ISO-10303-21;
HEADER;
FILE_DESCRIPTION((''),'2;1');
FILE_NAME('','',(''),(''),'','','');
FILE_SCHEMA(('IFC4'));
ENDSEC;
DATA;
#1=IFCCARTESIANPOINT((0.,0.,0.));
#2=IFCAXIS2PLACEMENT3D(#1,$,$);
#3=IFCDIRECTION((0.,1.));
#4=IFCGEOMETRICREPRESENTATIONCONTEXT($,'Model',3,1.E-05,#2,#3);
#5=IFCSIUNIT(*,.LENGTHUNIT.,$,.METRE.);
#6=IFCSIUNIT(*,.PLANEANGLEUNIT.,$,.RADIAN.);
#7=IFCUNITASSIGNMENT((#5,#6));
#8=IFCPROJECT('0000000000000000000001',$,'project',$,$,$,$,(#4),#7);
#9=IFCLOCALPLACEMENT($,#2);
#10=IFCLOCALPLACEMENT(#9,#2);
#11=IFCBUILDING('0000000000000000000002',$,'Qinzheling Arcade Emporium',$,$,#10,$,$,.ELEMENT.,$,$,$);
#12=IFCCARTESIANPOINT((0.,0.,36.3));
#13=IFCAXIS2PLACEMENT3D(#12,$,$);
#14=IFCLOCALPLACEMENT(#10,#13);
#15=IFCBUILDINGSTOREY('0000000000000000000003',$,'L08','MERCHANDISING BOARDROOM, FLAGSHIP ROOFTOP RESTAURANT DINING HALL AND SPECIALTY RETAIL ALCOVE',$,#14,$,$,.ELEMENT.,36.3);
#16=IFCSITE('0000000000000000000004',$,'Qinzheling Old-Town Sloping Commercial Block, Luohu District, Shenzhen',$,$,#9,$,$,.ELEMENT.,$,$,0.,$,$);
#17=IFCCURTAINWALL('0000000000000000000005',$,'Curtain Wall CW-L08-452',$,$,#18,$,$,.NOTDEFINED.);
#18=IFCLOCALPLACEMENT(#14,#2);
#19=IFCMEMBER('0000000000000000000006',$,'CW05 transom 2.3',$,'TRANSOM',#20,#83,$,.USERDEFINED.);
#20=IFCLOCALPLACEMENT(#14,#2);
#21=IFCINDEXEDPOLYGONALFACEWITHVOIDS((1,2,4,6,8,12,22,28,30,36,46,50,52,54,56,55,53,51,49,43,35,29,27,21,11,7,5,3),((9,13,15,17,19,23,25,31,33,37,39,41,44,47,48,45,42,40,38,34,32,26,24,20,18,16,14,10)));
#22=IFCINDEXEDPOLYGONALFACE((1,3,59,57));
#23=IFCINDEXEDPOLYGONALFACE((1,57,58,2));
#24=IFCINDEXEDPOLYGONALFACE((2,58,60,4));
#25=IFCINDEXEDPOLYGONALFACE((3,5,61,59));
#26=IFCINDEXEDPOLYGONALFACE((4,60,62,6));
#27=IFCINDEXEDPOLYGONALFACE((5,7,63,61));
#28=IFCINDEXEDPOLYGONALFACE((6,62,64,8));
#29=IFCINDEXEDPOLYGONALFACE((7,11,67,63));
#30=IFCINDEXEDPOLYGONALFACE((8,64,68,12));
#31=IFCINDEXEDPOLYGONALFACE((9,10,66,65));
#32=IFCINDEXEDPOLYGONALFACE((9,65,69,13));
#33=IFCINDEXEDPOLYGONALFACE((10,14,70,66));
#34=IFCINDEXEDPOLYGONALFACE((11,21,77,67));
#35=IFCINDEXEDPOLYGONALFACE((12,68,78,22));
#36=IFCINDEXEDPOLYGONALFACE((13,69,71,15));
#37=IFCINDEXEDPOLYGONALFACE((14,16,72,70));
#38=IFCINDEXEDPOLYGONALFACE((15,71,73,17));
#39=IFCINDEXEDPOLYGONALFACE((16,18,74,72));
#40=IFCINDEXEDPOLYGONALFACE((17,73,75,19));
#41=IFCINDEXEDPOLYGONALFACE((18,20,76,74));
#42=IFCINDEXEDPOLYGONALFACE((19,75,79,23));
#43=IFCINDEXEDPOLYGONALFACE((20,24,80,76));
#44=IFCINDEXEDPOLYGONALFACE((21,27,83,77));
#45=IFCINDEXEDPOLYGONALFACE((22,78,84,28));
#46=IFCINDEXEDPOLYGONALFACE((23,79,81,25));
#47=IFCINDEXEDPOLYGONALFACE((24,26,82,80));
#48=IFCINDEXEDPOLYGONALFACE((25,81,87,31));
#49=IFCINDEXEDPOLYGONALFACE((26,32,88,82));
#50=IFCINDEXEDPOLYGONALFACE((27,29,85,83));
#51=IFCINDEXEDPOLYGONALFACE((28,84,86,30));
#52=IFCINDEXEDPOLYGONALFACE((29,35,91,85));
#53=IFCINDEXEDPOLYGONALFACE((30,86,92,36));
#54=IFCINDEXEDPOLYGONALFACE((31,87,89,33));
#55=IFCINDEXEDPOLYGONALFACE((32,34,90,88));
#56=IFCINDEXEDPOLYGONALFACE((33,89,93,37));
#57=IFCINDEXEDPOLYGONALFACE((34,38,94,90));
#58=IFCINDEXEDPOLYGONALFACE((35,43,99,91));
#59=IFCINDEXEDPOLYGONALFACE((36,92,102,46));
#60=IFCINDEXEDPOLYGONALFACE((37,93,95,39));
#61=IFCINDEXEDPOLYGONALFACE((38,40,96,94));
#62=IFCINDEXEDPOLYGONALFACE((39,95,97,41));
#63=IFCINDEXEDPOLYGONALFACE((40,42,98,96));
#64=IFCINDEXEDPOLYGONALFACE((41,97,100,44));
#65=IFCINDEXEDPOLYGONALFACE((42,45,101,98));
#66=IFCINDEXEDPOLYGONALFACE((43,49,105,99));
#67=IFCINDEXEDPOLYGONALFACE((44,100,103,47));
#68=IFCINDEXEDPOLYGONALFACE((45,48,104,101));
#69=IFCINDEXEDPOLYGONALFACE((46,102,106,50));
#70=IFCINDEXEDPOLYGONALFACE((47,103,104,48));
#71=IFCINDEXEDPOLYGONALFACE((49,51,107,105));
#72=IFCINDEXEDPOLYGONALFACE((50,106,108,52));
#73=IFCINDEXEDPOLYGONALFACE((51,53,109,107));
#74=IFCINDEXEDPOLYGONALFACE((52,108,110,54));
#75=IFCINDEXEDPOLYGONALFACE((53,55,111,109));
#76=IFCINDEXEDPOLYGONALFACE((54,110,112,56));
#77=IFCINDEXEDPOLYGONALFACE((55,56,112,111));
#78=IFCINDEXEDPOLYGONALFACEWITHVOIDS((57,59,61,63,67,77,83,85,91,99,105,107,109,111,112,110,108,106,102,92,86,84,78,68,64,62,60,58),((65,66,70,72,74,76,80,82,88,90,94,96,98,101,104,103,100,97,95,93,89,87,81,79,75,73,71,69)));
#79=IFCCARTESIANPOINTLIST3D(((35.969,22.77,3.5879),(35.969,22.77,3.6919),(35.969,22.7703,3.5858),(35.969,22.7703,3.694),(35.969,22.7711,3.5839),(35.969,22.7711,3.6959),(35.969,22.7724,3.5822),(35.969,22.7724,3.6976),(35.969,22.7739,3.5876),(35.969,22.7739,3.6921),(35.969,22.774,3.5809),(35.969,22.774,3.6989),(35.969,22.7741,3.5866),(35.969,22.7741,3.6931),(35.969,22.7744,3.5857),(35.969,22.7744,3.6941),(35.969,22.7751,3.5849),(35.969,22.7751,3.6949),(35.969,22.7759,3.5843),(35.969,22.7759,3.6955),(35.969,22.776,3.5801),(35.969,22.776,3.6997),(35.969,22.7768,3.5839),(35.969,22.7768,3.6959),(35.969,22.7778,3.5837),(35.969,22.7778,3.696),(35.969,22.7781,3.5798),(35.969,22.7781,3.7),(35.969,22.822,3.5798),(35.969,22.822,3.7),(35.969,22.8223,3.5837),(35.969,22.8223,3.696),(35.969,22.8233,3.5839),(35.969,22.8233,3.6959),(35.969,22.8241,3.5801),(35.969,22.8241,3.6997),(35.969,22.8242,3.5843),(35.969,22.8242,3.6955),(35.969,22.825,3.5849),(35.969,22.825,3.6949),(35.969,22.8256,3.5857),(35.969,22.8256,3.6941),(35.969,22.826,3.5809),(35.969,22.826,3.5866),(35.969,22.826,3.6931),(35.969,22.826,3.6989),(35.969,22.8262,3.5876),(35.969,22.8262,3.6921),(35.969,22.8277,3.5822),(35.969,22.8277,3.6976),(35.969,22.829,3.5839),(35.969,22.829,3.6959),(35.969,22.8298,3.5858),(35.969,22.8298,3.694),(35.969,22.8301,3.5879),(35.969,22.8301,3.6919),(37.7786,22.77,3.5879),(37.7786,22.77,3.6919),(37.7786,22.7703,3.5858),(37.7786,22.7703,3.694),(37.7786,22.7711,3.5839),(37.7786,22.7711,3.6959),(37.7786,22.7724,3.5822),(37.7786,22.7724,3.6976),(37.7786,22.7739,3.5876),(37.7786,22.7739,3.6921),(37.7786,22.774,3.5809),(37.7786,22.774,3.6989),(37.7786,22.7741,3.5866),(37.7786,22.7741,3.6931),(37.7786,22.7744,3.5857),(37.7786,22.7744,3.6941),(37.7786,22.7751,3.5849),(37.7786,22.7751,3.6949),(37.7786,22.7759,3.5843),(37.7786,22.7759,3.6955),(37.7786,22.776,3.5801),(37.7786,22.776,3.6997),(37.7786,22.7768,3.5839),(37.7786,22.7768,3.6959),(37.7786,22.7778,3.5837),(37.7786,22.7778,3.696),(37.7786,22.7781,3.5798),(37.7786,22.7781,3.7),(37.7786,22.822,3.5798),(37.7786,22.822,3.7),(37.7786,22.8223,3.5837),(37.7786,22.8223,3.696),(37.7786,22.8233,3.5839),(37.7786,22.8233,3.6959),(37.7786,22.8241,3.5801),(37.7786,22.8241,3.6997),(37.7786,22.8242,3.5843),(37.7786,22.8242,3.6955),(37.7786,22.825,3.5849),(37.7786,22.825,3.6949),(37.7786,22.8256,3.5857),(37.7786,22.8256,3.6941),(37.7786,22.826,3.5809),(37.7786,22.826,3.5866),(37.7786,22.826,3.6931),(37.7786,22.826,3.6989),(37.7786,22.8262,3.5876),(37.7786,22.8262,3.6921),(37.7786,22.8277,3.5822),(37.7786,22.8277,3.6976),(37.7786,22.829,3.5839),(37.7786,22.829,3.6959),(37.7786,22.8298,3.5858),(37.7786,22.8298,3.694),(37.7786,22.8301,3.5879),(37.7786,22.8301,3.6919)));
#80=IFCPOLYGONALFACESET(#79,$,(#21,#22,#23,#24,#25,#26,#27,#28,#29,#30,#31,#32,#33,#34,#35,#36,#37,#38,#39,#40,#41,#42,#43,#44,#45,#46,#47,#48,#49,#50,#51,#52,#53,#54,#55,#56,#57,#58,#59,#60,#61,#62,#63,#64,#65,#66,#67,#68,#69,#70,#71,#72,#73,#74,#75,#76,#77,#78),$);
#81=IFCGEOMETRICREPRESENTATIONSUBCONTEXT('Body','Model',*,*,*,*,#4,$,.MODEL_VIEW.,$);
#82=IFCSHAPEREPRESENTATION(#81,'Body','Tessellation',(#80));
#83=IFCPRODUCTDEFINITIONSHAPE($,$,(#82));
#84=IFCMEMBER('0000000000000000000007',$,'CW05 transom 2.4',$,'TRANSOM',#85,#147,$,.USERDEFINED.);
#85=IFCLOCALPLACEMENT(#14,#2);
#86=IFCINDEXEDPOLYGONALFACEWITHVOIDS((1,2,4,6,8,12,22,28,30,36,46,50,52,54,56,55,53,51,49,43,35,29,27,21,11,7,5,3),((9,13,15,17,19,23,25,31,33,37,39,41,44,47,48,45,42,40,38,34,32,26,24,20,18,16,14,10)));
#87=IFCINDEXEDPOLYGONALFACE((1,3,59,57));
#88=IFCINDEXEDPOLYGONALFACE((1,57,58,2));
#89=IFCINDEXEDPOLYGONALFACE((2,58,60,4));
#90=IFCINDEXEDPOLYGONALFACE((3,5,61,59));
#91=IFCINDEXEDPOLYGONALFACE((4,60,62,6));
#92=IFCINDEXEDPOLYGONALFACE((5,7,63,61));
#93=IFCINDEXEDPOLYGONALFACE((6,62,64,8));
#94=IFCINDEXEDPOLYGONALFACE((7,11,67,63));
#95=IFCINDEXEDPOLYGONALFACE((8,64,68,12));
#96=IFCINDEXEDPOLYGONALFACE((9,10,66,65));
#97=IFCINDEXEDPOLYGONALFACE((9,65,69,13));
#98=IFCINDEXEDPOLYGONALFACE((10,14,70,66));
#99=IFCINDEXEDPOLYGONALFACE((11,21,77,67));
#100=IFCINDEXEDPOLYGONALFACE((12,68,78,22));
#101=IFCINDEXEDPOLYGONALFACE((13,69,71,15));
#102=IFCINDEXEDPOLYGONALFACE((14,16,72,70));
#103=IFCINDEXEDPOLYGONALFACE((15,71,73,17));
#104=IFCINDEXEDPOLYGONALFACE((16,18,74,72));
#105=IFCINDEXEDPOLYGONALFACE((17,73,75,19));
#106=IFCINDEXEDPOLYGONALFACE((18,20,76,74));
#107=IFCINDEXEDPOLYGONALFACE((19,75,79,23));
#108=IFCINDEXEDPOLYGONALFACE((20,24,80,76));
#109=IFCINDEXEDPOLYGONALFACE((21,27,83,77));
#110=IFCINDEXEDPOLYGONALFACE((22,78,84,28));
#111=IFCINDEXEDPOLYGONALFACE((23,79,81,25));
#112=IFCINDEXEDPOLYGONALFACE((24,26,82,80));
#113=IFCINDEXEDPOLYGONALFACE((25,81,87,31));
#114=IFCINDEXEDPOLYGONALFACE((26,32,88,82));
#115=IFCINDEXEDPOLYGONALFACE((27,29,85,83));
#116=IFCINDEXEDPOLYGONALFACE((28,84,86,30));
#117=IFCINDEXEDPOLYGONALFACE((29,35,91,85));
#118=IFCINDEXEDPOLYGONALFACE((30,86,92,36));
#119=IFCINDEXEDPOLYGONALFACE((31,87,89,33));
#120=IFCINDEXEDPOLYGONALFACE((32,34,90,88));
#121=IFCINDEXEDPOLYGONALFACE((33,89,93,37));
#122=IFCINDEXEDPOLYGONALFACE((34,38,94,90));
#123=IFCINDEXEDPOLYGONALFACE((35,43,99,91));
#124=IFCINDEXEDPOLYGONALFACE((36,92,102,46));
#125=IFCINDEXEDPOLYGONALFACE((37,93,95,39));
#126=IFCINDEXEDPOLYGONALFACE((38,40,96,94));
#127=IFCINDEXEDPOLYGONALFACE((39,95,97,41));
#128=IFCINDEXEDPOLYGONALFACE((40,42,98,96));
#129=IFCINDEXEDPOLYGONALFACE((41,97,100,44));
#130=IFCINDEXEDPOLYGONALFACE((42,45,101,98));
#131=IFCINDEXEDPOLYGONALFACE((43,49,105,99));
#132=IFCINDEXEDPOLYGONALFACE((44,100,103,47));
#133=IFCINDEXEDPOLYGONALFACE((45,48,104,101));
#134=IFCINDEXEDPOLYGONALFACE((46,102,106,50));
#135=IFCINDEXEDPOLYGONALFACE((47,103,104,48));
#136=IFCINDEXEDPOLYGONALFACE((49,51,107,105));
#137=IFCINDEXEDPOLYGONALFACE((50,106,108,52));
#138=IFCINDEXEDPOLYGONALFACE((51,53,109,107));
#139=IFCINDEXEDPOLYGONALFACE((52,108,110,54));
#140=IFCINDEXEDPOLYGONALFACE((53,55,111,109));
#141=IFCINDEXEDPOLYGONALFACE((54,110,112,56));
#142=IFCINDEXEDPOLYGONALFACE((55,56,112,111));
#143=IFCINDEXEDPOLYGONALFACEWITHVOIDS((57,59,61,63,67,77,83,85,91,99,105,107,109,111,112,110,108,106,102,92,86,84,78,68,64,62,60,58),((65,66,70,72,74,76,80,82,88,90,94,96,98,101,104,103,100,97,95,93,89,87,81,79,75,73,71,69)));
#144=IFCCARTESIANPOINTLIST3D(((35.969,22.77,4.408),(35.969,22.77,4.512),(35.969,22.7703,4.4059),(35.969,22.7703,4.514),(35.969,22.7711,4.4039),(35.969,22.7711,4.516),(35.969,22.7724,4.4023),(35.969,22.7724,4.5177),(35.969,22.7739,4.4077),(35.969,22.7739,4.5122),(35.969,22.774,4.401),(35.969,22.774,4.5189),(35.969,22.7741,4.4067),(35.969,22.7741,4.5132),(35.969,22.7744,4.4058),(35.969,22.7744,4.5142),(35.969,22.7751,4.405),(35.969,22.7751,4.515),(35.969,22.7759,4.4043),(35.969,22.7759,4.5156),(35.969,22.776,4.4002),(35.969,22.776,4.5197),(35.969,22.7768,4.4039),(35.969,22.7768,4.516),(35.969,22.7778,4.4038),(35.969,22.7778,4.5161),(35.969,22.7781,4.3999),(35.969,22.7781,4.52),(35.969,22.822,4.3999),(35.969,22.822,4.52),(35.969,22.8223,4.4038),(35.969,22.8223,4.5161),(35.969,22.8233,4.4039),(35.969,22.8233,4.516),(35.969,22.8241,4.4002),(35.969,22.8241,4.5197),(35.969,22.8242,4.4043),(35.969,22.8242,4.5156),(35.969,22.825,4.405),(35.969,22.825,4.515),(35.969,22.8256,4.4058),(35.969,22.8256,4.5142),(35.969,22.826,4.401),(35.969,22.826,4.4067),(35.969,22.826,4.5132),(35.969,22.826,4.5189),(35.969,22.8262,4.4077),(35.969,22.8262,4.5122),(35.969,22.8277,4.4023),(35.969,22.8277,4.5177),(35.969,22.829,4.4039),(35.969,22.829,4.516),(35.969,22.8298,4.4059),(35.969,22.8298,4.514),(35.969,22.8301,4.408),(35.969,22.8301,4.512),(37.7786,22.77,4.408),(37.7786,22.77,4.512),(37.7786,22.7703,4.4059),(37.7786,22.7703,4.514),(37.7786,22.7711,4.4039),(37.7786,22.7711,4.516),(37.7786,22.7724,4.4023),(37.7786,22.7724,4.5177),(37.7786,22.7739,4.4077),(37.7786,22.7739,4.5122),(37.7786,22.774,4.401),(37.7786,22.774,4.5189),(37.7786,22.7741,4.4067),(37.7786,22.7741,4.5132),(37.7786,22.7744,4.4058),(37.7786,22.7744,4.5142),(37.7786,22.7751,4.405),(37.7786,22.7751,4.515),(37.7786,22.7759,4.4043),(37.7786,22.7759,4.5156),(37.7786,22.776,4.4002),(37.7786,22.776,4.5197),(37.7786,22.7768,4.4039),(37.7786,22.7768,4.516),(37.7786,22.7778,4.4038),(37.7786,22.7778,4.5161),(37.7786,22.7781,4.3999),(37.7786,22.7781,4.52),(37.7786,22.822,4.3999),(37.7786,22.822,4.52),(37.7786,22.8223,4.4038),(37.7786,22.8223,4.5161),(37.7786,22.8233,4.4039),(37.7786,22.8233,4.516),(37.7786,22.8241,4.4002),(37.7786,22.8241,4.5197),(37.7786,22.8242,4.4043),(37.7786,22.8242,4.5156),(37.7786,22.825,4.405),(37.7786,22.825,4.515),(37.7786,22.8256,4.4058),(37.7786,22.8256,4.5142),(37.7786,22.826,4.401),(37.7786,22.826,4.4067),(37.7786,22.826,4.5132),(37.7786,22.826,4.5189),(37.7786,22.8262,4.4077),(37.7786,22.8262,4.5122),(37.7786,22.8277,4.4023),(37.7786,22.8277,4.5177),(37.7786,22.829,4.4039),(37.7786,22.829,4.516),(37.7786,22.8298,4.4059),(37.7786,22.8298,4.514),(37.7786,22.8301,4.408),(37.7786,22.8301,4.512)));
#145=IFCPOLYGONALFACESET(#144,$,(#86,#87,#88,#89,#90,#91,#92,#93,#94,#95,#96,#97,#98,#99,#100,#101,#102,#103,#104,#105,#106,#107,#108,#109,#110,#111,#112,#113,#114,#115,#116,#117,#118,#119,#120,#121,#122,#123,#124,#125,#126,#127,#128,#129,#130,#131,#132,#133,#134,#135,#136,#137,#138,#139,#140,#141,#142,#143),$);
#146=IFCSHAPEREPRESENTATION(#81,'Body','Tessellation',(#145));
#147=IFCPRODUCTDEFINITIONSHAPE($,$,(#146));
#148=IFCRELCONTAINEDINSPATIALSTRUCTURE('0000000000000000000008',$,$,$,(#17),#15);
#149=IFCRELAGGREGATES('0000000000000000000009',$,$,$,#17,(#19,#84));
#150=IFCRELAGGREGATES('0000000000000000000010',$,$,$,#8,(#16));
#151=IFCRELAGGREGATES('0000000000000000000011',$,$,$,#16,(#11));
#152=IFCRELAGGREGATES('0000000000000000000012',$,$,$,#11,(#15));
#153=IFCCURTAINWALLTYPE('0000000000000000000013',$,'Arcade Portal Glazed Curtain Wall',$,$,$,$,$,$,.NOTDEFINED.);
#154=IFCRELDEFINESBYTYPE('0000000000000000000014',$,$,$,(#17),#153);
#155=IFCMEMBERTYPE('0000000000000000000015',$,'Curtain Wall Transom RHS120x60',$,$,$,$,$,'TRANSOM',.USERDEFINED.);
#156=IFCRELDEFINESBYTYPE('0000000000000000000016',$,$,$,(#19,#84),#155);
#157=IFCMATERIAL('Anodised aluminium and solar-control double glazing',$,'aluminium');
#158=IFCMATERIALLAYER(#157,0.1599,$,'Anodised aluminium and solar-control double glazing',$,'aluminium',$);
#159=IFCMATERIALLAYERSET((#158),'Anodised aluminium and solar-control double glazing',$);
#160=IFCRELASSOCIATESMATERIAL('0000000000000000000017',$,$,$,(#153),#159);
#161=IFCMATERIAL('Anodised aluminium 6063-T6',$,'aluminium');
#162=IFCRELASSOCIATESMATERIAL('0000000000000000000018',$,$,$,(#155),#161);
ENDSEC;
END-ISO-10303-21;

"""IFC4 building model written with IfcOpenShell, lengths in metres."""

from ifc_helpers import new_model, si_unit, direction, frame, origin, origin_2d, place, context, subcontext, project, spatial, hollow_rectangle, extrude, material, layer, layer_set, material_profile, profile_set, type_object, element, aggregate, save


model = new_model("IFC4")

# Units and contexts
model_context = context("Model", 3, precision=1e-05, world=origin(), true_north=direction((0.0, 1.0)))
body_context = subcontext(model_context, "Body", "Model", "MODEL_VIEW")
ifc_project = project(units=[si_unit("LENGTHUNIT", "METRE"), si_unit("PLANEANGLEUNIT", "RADIAN")], contexts=[model_context])

# Site, building, storey
site_placement = place(None, origin())
site = spatial("IfcSite", under=ifc_project, at=site_placement, Name="Qinzheling Old-Town Sloping Commercial Block, Luohu District, Shenzhen", CompositionType="ELEMENT", RefElevation=0.0)
building_placement = place(site_placement, origin())
building = spatial("IfcBuilding", under=site, at=building_placement, Name="Qinzheling Arcade Emporium", CompositionType="ELEMENT")
storey_placement = place(building_placement, frame((0.0, 0.0, 36.3)))
storey = spatial("IfcBuildingStorey", under=building, at=storey_placement, Name="L08", Description="MERCHANDISING BOARDROOM, FLAGSHIP ROOFTOP RESTAURANT DINING HALL AND SPECIALTY RETAIL ALCOVE", CompositionType="ELEMENT", Elevation=36.3)

# Shared definitions
ifc_material_1 = material(Name="Anodised aluminium and solar-control double glazing", Category="aluminium")
ifc_layer_1 = layer(ifc_material_1, 0.1599, Name="Anodised aluminium and solar-control double glazing", Category="aluminium")
ifc_layer_set_1 = layer_set([ifc_layer_1], Name="Anodised aluminium and solar-control double glazing")
curtain_wall_type = type_object("IfcCurtainWallType", Name="Arcade Portal Glazed Curtain Wall", PredefinedType="NOTDEFINED", material=ifc_layer_set_1)
ifc_material_2 = material(Name="Anodised aluminium 6063-T6", Category="aluminium")

# Curtain wall, members
curtain_wall_1_placement = place(storey_placement, origin())
curtain_wall_1 = element("IfcCurtainWall", 1, at=curtain_wall_1_placement, inside=storey, type_object=curtain_wall_type, Name="Curtain Wall CW-L08-452", PredefinedType="NOTDEFINED")
ifc_material_profile_1 = material_profile(ifc_material_2, hollow_rectangle(XDim=0.0601, YDim=0.1201, WallThickness=0.0039, InnerFilletRadius=0.0039, OuterFilletRadius=0.0081, at=origin_2d()), Name="RHS 120x60x4", Category="aluminium")
ifc_profile_set_1 = profile_set([ifc_material_profile_1], Name="Anodised aluminium 6063-T6")
member_type_1 = type_object("IfcMemberType", Name="Curtain Wall Transom RHS120x60", ElementType="TRANSOM", PredefinedType="USERDEFINED", material=ifc_profile_set_1)
member_1_placement = place(storey_placement, frame((37.7786, 22.8, 3.6399), z_axis=(-1.0, 0.0, 0.0), x_axis=(0.0, -1.0, 0.0)))
member_1 = element("IfcMember", 2, at=member_1_placement, type_object=member_type_1, Name="CW05 transom 2.3", ObjectType="TRANSOM", PredefinedType="USERDEFINED", context=body_context, shape_type="SweptSolid", body=[
    extrude(hollow_rectangle(XDim=0.0601, YDim=0.1201, WallThickness=0.0039, InnerFilletRadius=0.0039, OuterFilletRadius=0.0081, at=origin_2d()), origin(), (0.0, 0.0, 1.0), 1.8096),
])
member_2_placement = place(storey_placement, frame((37.7786, 22.8, 4.46), z_axis=(-1.0, 0.0, 0.0), x_axis=(0.0, -1.0, 0.0)))
member_2 = element("IfcMember", 3, at=member_2_placement, type_object=member_type_1, Name="CW05 transom 2.4", ObjectType="TRANSOM", PredefinedType="USERDEFINED", context=body_context, shape_type="SweptSolid", body=[
    extrude(hollow_rectangle(XDim=0.0601, YDim=0.1201, WallThickness=0.0039, InnerFilletRadius=0.0039, OuterFilletRadius=0.0081, at=origin_2d()), origin(), (0.0, 0.0, 1.0), 1.8096),
])

aggregate(curtain_wall_1, [member_1, member_2])

save(model, "model.ifc")
